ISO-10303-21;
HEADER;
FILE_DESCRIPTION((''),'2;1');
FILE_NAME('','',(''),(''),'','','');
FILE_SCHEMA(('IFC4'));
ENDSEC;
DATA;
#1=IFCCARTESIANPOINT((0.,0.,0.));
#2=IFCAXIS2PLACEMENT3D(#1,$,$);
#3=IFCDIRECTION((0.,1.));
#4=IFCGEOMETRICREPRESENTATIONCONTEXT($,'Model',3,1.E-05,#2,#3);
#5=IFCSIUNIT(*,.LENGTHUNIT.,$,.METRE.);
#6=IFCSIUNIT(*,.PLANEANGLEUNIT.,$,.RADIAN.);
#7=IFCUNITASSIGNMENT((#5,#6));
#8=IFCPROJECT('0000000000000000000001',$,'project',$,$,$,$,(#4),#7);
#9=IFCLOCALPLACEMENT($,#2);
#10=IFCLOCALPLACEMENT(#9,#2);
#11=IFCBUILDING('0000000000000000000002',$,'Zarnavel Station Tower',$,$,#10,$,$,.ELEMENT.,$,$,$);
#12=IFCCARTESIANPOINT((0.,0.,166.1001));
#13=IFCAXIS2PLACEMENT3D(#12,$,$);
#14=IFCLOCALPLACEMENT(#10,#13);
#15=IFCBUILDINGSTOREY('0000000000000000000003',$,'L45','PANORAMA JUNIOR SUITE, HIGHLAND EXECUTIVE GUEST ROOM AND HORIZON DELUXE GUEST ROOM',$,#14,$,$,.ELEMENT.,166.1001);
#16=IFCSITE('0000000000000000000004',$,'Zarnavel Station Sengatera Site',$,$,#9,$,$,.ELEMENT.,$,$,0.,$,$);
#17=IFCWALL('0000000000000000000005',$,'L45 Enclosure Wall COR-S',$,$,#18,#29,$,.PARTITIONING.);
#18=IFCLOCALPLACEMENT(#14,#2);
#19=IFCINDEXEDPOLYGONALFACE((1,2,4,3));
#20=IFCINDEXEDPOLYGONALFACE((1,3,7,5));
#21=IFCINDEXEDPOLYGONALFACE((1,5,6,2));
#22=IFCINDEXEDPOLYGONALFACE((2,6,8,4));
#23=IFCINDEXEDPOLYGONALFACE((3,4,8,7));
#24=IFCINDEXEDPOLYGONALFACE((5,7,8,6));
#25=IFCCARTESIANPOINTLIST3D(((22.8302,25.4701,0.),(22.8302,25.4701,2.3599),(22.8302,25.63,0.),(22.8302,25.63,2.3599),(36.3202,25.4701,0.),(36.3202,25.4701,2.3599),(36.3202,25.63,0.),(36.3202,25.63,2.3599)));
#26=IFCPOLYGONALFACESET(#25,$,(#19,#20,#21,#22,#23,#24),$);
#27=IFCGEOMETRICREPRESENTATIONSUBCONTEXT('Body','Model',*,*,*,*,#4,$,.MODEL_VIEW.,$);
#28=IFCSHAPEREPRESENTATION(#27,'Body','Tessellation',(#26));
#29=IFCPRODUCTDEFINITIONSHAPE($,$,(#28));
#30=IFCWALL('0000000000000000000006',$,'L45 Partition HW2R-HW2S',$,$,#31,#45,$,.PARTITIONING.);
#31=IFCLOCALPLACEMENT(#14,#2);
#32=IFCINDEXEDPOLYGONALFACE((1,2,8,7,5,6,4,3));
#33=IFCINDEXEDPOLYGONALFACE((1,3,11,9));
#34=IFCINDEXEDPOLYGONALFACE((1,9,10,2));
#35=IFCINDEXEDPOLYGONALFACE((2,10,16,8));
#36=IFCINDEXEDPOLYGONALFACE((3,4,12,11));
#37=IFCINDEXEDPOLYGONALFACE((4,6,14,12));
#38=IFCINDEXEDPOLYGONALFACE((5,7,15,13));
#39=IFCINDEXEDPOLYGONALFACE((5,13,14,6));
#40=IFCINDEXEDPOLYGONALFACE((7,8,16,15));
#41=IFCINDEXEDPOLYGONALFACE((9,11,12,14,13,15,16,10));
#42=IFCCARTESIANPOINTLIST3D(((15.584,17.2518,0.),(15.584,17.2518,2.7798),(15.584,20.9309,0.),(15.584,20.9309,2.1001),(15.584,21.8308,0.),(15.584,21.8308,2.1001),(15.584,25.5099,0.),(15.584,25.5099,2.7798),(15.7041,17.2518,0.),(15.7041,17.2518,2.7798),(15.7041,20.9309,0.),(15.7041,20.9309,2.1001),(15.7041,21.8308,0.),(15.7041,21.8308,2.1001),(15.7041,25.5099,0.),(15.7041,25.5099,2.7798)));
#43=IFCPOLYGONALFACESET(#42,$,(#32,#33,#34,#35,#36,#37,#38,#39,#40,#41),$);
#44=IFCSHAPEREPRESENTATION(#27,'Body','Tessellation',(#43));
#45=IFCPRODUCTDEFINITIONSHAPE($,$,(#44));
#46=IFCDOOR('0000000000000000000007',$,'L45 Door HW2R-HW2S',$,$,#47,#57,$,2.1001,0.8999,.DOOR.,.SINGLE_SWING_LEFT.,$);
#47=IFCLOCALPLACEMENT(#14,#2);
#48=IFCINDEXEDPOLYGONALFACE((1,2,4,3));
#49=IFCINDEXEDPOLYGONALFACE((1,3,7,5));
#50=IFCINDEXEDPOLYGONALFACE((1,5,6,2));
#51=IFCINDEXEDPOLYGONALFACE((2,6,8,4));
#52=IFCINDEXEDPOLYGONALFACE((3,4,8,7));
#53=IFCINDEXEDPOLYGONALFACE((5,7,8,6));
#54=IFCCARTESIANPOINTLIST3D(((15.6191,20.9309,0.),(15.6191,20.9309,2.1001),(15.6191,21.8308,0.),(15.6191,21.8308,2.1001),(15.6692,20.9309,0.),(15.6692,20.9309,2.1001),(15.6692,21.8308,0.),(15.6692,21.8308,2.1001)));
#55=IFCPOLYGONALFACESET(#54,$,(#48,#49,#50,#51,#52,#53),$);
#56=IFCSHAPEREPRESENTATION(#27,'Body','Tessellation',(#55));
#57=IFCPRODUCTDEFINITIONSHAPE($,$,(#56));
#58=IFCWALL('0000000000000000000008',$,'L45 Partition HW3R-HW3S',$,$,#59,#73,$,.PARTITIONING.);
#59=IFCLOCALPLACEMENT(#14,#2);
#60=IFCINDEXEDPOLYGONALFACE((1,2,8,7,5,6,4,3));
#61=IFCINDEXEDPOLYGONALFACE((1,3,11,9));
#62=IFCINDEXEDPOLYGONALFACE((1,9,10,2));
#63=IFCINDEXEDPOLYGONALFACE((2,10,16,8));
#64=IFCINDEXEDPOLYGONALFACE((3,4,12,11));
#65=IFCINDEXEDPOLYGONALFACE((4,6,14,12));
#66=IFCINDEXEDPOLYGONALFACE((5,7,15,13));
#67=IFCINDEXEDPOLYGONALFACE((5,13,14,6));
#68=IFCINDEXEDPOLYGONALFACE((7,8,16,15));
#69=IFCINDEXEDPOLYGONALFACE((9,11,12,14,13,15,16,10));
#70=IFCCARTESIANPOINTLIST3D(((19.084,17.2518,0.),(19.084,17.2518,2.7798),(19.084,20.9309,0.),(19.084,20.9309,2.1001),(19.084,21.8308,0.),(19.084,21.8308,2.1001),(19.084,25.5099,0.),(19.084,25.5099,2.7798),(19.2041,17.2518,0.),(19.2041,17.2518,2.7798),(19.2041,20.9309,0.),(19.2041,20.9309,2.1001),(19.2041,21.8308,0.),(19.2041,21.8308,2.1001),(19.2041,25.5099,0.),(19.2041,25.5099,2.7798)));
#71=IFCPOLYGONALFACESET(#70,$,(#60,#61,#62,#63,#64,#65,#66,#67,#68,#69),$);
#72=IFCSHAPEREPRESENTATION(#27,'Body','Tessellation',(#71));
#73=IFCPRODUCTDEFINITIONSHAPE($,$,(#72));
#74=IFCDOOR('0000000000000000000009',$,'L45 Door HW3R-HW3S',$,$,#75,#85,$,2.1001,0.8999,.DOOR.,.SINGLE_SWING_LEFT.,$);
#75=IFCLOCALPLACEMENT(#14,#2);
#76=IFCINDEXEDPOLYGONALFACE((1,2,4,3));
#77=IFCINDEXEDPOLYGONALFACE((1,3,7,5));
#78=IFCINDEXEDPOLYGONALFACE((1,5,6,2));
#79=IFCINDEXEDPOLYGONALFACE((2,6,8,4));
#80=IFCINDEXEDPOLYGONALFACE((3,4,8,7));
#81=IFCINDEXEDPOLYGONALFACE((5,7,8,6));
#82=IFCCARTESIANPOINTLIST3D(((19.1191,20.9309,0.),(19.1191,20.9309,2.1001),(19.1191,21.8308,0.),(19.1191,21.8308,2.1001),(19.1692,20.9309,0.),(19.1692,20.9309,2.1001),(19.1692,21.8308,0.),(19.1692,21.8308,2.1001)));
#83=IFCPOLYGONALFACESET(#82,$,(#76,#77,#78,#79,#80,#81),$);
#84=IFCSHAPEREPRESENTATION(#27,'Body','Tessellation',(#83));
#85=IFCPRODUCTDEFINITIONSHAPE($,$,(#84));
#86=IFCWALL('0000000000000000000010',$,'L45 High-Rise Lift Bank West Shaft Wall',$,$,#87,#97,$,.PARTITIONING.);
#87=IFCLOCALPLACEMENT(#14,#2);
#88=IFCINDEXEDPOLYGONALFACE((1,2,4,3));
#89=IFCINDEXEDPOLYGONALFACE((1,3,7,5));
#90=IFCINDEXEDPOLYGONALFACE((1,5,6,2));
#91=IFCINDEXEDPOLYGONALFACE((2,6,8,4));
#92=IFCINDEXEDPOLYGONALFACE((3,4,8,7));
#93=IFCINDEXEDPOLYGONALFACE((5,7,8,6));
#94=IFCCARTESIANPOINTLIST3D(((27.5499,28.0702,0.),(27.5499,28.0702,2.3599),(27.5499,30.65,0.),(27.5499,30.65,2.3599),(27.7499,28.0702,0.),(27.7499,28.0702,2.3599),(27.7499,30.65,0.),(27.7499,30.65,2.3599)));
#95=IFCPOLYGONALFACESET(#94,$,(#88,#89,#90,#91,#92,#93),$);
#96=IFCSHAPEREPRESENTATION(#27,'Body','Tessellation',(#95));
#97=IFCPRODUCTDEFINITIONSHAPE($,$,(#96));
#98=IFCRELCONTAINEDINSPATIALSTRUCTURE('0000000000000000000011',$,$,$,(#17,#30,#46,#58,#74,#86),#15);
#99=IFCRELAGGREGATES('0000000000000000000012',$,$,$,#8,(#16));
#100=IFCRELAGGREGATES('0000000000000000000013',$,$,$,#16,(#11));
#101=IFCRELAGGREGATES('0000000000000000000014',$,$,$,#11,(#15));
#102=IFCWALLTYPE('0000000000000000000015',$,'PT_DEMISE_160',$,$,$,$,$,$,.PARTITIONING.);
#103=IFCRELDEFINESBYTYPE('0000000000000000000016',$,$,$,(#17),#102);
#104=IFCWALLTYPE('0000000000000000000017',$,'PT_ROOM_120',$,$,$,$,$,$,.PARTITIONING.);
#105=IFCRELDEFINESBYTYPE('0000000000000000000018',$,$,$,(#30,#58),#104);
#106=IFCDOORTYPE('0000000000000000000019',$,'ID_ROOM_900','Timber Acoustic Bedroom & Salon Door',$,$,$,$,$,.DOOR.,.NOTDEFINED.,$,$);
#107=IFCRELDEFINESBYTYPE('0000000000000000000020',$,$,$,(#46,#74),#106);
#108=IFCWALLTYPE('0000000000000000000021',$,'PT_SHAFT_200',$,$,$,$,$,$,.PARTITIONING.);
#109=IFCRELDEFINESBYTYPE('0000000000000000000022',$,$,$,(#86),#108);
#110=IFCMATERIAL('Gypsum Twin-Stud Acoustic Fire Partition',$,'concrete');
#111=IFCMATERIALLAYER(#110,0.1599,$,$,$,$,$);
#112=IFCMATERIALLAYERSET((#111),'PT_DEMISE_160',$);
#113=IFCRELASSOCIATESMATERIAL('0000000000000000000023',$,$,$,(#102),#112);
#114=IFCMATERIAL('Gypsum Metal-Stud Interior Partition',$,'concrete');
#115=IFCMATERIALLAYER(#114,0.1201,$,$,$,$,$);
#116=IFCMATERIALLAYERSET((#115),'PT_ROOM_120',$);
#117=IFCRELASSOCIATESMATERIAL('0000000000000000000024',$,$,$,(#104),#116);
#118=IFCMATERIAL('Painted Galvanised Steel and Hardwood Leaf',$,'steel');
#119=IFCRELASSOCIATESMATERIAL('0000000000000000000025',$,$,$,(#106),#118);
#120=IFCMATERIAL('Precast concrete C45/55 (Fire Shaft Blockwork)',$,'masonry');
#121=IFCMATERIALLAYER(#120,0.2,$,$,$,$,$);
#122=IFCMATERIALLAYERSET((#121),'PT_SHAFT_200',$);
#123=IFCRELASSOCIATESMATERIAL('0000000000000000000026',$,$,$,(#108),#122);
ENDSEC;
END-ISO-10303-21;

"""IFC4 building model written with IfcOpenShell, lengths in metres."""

from ifc_helpers import new_model, si_unit, direction, frame, frame_2d, origin, place, context, subcontext, project, spatial, rectangle, extrude, material, layer, layer_set, type_object, element, fill, save


model = new_model("IFC4")

# Units and contexts
model_context = context("Model", 3, precision=1e-05, world=origin(), true_north=direction((0.0, 1.0)))
body_context = subcontext(model_context, "Body", "Model", "MODEL_VIEW")
ifc_project = project(units=[si_unit("LENGTHUNIT", "METRE"), si_unit("PLANEANGLEUNIT", "RADIAN")], contexts=[model_context])

# Site, building, storey
site_placement = place(None, origin())
site = spatial("IfcSite", under=ifc_project, at=site_placement, Name="Zarnavel Station Sengatera Site", CompositionType="ELEMENT", RefElevation=0.0)
building_placement = place(site_placement, origin())
building = spatial("IfcBuilding", under=site, at=building_placement, Name="Zarnavel Station Tower", CompositionType="ELEMENT")
storey_placement = place(building_placement, frame((0.0, 0.0, 166.1001)))
storey = spatial("IfcBuildingStorey", under=building, at=storey_placement, Name="L45", Description="PANORAMA JUNIOR SUITE, HIGHLAND EXECUTIVE GUEST ROOM AND HORIZON DELUXE GUEST ROOM", CompositionType="ELEMENT", Elevation=166.1001)

# Shared definitions
ifc_material_1 = material(Name="Gypsum Twin-Stud Acoustic Fire Partition", Category="concrete")
ifc_layer_1 = layer(ifc_material_1, 0.1599)
ifc_layer_set_1 = layer_set([ifc_layer_1], Name="PT_DEMISE_160")
wall_type_1 = type_object("IfcWallType", Name="PT_DEMISE_160", PredefinedType="PARTITIONING", material=ifc_layer_set_1)

# Wall
wall_1_placement = place(storey_placement, frame((22.8301, 25.55, 0.0), z_axis=(0.0, 0.0, 1.0), x_axis=(1.0, 0.0, 0.0)))
element("IfcWall", 1, at=wall_1_placement, inside=storey, type_object=wall_type_1, Name="L45 Enclosure Wall COR-S", PredefinedType="PARTITIONING", context=body_context, shape_type="SweptSolid", body=[
    extrude(rectangle(XDim=13.49, YDim=0.1599, at=frame_2d((6.7451, 0.0))), origin(), (0.0, 0.0, 1.0), 2.3599),
])

# Walls, openings, doors
ifc_material_2 = material(Name="Gypsum Metal-Stud Interior Partition", Category="concrete")
ifc_layer_2 = layer(ifc_material_2, 0.1201)
ifc_layer_set_2 = layer_set([ifc_layer_2], Name="PT_ROOM_120")
wall_type_2 = type_object("IfcWallType", Name="PT_ROOM_120", PredefinedType="PARTITIONING", material=ifc_layer_set_2)
wall_2_placement = place(storey_placement, frame((15.644, 17.252, 0.0), z_axis=(0.0, 0.0, 1.0), x_axis=(0.0, 1.0, 0.0)))
wall_2 = element("IfcWall", 2, at=wall_2_placement, inside=storey, type_object=wall_type_2, Name="L45 Partition HW2R-HW2S", PredefinedType="PARTITIONING", context=body_context, shape_type="SweptSolid", body=[
    extrude(rectangle(XDim=8.2581, YDim=0.1201, at=frame_2d((4.1289, 0.0))), origin(), (0.0, 0.0, 1.0), 2.7798),
])
opening_1_placement = place(wall_2_placement, frame((3.679, 0.0, 0.0)))
opening_1 = element("IfcOpeningElement", 3, at=opening_1_placement, cuts=wall_2, PredefinedType="OPENING", context=body_context, shape_type="SweptSolid", body=[
    extrude(rectangle(XDim=0.8999, YDim=2.1001, at=frame_2d((0.45, 1.05))), frame((0.0, 0.0701, 0.0), z_axis=(0.0, -1.0, 0.0), x_axis=(1.0, 0.0, 0.0)), (0.0, 0.0, 1.0), 0.1401),
])
ifc_material_3 = material(Name="Painted Galvanised Steel and Hardwood Leaf", Category="steel")
door_type_1 = type_object("IfcDoorType", Name="ID_ROOM_900", Description="Timber Acoustic Bedroom & Salon Door", OperationType="NOTDEFINED", PredefinedType="DOOR", material=ifc_material_3)
door_1_placement = place(opening_1_placement, origin())
door_1 = element("IfcDoor", 4, at=door_1_placement, inside=storey, type_object=door_type_1, Name="L45 Door HW2R-HW2S", OperationType="SINGLE_SWING_LEFT", OverallHeight=2.1001, OverallWidth=0.8999, PredefinedType="DOOR", context=body_context, shape_type="SweptSolid", body=[
    extrude(rectangle(XDim=0.8999, YDim=2.1001, at=frame_2d((0.45, 1.05))), frame((0.0, 0.0249, 0.0), z_axis=(0.0, -1.0, 0.0), x_axis=(1.0, 0.0, 0.0)), (0.0, 0.0, 1.0), 0.05),
])
fill(opening_1, door_1)
wall_3_placement = place(storey_placement, frame((19.144, 17.252, 0.0), z_axis=(0.0, 0.0, 1.0), x_axis=(0.0, 1.0, 0.0)))
wall_3 = element("IfcWall", 5, at=wall_3_placement, inside=storey, type_object=wall_type_2, Name="L45 Partition HW3R-HW3S", PredefinedType="PARTITIONING", context=body_context, shape_type="SweptSolid", body=[
    extrude(rectangle(XDim=8.2581, YDim=0.1201, at=frame_2d((4.1289, 0.0))), origin(), (0.0, 0.0, 1.0), 2.7798),
])
opening_2_placement = place(wall_3_placement, frame((3.679, 0.0, 0.0)))
opening_2 = element("IfcOpeningElement", 6, at=opening_2_placement, cuts=wall_3, PredefinedType="OPENING", context=body_context, shape_type="SweptSolid", body=[
    extrude(rectangle(XDim=0.8999, YDim=2.1001, at=frame_2d((0.45, 1.05))), frame((0.0, 0.0701, 0.0), z_axis=(0.0, -1.0, 0.0), x_axis=(1.0, 0.0, 0.0)), (0.0, 0.0, 1.0), 0.1401),
])
door_2_placement = place(opening_2_placement, origin())
door_2 = element("IfcDoor", 7, at=door_2_placement, inside=storey, type_object=door_type_1, Name="L45 Door HW3R-HW3S", OperationType="SINGLE_SWING_LEFT", OverallHeight=2.1001, OverallWidth=0.8999, PredefinedType="DOOR", context=body_context, shape_type="SweptSolid", body=[
    extrude(rectangle(XDim=0.8999, YDim=2.1001, at=frame_2d((0.45, 1.05))), frame((0.0, 0.0249, 0.0), z_axis=(0.0, -1.0, 0.0), x_axis=(1.0, 0.0, 0.0)), (0.0, 0.0, 1.0), 0.05),
])
fill(opening_2, door_2)
ifc_material_4 = material(Name="Precast concrete C45/55 (Fire Shaft Blockwork)", Category="masonry")
ifc_layer_3 = layer(ifc_material_4, 0.2)
ifc_layer_set_3 = layer_set([ifc_layer_3], Name="PT_SHAFT_200")
wall_type_3 = type_object("IfcWallType", Name="PT_SHAFT_200", PredefinedType="PARTITIONING", material=ifc_layer_set_3)

# Wall
wall_4_placement = place(storey_placement, frame((27.6499, 28.0701, 0.0), z_axis=(0.0, 0.0, 1.0), x_axis=(0.0, 1.0, 0.0)))
element("IfcWall", 8, at=wall_4_placement, inside=storey, type_object=wall_type_3, Name="L45 High-Rise Lift Bank West Shaft Wall", PredefinedType="PARTITIONING", context=body_context, shape_type="SweptSolid", body=[
    extrude(rectangle(XDim=2.5798, YDim=0.2, at=frame_2d((1.29, 0.0))), origin(), (0.0, 0.0, 1.0), 2.3599),
])

save(model, "model.ifc")
